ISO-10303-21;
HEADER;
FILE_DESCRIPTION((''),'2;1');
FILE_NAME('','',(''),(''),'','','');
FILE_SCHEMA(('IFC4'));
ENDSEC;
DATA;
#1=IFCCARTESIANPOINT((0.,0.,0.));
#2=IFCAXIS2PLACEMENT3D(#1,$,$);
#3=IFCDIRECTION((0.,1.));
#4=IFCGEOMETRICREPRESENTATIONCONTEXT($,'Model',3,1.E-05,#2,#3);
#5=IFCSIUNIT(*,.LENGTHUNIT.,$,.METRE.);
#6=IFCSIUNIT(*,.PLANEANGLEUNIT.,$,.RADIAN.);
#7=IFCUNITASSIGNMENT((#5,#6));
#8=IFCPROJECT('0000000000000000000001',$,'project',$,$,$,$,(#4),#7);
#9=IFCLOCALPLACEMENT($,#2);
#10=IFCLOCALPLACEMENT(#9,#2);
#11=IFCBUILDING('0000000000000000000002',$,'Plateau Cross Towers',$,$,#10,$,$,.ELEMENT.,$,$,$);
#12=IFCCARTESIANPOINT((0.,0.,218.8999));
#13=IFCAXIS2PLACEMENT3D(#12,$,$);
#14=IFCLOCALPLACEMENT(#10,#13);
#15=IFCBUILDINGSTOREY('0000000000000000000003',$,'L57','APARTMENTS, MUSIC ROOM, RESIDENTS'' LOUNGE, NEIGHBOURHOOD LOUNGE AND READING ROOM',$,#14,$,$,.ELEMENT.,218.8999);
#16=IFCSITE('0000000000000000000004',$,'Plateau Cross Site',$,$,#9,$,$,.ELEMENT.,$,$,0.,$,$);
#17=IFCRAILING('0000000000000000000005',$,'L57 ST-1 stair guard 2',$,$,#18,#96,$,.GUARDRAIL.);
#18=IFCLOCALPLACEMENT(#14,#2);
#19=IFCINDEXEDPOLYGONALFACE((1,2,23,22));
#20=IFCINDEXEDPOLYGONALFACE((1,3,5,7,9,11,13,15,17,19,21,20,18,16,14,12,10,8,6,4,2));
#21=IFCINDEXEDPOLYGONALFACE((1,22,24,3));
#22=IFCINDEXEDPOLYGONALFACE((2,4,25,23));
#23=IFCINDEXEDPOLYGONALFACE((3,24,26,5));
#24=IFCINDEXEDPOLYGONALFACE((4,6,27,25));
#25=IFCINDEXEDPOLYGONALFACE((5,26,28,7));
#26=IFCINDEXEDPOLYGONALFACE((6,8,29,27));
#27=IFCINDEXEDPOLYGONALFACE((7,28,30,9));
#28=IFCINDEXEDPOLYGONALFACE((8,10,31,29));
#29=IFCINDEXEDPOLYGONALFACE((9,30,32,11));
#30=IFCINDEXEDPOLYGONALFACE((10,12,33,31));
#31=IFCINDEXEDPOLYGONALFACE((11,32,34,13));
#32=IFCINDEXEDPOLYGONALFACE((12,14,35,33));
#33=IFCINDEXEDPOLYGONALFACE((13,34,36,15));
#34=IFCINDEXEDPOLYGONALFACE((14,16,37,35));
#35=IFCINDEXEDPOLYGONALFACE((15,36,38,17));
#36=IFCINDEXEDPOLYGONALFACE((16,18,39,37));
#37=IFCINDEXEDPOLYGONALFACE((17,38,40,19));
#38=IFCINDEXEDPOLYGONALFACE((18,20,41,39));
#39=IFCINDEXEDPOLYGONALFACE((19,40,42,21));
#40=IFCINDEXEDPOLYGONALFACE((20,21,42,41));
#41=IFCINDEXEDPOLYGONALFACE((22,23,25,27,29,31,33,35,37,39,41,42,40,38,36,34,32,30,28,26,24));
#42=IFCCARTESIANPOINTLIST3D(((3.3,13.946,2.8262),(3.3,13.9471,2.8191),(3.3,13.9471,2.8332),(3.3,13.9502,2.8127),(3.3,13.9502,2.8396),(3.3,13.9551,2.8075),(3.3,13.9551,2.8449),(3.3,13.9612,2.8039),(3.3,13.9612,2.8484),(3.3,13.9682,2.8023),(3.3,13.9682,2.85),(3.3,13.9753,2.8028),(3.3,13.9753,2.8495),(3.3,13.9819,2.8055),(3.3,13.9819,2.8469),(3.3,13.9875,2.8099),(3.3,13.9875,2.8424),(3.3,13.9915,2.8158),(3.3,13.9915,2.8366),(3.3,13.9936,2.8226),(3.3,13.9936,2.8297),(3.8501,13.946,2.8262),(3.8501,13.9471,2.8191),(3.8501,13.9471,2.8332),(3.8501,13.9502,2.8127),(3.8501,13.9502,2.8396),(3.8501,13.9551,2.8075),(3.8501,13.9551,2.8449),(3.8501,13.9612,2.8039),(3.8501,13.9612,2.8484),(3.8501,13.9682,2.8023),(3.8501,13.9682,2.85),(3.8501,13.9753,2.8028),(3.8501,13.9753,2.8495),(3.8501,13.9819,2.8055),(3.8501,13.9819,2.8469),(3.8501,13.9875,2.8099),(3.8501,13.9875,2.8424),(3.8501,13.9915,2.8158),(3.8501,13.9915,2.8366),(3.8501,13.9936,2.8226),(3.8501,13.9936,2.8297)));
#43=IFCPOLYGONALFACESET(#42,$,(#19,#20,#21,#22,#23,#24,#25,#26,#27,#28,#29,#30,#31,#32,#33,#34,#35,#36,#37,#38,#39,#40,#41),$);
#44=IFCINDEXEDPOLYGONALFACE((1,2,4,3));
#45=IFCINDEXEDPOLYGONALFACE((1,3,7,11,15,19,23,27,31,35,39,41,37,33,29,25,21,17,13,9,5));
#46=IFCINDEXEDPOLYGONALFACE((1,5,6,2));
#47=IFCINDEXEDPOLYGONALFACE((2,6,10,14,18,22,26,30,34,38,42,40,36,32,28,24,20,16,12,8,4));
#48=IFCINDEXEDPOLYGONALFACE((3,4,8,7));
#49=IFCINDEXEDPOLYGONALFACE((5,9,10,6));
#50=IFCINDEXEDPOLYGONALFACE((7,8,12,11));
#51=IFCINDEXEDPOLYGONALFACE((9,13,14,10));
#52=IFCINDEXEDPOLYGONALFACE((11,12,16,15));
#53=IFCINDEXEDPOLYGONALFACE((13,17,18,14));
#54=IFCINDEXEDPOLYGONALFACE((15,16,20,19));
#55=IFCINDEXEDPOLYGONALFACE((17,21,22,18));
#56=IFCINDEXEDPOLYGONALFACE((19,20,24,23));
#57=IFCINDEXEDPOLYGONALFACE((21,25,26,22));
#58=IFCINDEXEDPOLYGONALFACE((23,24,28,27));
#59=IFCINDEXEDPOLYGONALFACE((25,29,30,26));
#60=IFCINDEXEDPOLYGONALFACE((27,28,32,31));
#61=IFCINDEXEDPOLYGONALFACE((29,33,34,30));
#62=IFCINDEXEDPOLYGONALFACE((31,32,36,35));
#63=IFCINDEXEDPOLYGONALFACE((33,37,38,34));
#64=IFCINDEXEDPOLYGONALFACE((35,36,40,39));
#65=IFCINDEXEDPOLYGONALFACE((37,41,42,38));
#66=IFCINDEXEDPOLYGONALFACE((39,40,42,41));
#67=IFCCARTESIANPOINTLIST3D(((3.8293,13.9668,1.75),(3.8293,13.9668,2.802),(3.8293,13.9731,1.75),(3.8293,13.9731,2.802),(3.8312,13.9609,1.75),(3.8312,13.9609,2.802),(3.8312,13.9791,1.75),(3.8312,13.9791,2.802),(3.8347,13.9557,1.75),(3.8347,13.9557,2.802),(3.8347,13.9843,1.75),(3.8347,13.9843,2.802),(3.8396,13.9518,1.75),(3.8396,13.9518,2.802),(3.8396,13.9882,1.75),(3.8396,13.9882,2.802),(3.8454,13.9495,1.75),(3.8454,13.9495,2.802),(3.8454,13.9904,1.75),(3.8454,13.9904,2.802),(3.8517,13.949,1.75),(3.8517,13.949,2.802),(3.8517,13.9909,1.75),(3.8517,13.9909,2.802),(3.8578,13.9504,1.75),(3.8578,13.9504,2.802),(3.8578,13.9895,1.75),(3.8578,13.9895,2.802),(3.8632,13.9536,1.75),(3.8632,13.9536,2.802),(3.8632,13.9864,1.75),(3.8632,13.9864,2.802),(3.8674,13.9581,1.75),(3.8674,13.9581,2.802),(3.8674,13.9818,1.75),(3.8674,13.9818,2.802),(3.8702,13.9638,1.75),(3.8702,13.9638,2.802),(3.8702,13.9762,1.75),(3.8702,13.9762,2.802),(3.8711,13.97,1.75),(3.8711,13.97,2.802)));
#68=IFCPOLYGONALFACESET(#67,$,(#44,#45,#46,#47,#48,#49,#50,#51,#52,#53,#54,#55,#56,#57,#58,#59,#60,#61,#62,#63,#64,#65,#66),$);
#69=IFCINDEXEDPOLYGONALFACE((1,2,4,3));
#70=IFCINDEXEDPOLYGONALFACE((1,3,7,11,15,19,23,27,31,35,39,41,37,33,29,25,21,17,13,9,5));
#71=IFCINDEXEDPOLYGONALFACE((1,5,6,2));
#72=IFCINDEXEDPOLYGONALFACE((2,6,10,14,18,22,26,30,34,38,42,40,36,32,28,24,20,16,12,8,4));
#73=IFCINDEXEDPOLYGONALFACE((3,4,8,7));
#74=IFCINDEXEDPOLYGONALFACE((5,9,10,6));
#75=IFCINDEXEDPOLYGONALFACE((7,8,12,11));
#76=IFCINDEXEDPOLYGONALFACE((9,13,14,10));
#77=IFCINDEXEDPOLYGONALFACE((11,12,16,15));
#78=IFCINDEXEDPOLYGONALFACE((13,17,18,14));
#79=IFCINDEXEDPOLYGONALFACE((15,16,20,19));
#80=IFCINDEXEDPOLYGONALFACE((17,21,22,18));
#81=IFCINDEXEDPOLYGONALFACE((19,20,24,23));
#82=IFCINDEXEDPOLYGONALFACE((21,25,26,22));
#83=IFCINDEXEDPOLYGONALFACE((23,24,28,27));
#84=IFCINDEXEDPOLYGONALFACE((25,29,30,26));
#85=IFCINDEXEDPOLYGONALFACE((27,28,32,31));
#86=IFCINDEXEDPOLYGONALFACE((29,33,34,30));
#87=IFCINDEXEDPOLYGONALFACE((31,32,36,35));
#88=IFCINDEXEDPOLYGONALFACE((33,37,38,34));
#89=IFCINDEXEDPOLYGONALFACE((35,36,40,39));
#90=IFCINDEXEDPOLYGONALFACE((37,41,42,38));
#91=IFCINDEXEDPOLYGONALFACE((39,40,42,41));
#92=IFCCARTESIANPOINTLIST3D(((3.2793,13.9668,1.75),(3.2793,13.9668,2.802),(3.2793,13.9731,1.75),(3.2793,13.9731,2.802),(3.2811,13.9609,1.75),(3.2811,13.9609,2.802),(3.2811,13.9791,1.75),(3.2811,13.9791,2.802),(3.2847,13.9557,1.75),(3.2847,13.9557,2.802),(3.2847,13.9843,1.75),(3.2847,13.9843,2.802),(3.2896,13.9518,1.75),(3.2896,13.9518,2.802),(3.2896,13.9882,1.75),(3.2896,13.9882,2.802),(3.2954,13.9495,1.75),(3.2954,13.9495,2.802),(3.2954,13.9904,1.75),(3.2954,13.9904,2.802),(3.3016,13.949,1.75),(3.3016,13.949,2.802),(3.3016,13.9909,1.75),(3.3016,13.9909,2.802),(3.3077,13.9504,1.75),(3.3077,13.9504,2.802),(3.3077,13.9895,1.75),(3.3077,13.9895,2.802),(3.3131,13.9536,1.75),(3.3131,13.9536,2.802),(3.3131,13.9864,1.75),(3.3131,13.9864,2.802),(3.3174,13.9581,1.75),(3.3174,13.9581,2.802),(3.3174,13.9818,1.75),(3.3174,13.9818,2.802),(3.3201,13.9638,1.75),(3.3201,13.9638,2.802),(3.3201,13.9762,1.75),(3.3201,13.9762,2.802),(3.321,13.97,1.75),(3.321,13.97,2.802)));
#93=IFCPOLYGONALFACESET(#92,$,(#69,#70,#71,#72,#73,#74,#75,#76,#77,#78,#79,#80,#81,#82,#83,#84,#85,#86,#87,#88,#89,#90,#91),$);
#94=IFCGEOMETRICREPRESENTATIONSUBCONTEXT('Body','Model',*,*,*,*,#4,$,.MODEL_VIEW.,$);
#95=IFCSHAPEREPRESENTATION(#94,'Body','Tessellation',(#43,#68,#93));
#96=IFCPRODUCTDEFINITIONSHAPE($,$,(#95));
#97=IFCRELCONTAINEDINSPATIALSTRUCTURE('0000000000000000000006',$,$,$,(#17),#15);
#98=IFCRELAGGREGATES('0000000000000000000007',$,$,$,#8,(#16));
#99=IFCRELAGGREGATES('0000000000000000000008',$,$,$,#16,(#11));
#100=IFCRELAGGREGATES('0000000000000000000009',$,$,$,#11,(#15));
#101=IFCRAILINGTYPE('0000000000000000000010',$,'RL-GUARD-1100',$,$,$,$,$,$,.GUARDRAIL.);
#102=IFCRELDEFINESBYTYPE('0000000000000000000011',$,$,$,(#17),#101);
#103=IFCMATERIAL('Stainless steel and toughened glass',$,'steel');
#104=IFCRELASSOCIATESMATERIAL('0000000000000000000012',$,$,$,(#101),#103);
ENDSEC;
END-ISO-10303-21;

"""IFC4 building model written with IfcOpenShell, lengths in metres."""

from ifc_helpers import new_model, si_unit, direction, frame, origin, origin_2d, place, context, subcontext, project, spatial, circle, extrude, material, type_object, element, save


model = new_model("IFC4")

# Units and contexts
model_context = context("Model", 3, precision=1e-05, world=origin(), true_north=direction((0.0, 1.0)))
body_context = subcontext(model_context, "Body", "Model", "MODEL_VIEW")
ifc_project = project(units=[si_unit("LENGTHUNIT", "METRE"), si_unit("PLANEANGLEUNIT", "RADIAN")], contexts=[model_context])

# Site, building, storey
site_placement = place(None, origin())
site = spatial("IfcSite", under=ifc_project, at=site_placement, Name="Plateau Cross Site", CompositionType="ELEMENT", RefElevation=0.0)
building_placement = place(site_placement, origin())
building = spatial("IfcBuilding", under=site, at=building_placement, Name="Plateau Cross Towers", CompositionType="ELEMENT")
storey_placement = place(building_placement, frame((0.0, 0.0, 218.8999)))
storey = spatial("IfcBuildingStorey", under=building, at=storey_placement, Name="L57", Description="APARTMENTS, MUSIC ROOM, RESIDENTS' LOUNGE, NEIGHBOURHOOD LOUNGE AND READING ROOM", CompositionType="ELEMENT", Elevation=218.8999)

# Railing
ifc_material_1 = material(Name="Stainless steel and toughened glass", Category="steel")
railing_type = type_object("IfcRailingType", Name="RL-GUARD-1100", PredefinedType="GUARDRAIL", material=ifc_material_1)
railing_1_placement = place(storey_placement, frame((3.8501, 13.97, 1.75)))
element("IfcRailing", 1, at=railing_1_placement, inside=storey, type_object=railing_type, Name="L57 ST-1 stair guard 2", PredefinedType="GUARDRAIL", context=body_context, shape_type="SweptSolid", body=[
    extrude(circle(Radius=0.0239, at=origin_2d()), frame((0.0, 0.0, 1.0762), z_axis=(-1.0, 0.0, 0.0), x_axis=(0.0, -1.0, 0.0)), (0.0, 0.0, 1.0), 0.55),
    extrude(circle(Radius=0.021, at=origin_2d()), origin(), (0.0, 0.0, 1.0), 1.052),
    extrude(circle(Radius=0.021, at=origin_2d()), frame((-0.55, 0.0, 0.0)), (0.0, 0.0, 1.0), 1.052),
])

save(model, "model.ifc")
